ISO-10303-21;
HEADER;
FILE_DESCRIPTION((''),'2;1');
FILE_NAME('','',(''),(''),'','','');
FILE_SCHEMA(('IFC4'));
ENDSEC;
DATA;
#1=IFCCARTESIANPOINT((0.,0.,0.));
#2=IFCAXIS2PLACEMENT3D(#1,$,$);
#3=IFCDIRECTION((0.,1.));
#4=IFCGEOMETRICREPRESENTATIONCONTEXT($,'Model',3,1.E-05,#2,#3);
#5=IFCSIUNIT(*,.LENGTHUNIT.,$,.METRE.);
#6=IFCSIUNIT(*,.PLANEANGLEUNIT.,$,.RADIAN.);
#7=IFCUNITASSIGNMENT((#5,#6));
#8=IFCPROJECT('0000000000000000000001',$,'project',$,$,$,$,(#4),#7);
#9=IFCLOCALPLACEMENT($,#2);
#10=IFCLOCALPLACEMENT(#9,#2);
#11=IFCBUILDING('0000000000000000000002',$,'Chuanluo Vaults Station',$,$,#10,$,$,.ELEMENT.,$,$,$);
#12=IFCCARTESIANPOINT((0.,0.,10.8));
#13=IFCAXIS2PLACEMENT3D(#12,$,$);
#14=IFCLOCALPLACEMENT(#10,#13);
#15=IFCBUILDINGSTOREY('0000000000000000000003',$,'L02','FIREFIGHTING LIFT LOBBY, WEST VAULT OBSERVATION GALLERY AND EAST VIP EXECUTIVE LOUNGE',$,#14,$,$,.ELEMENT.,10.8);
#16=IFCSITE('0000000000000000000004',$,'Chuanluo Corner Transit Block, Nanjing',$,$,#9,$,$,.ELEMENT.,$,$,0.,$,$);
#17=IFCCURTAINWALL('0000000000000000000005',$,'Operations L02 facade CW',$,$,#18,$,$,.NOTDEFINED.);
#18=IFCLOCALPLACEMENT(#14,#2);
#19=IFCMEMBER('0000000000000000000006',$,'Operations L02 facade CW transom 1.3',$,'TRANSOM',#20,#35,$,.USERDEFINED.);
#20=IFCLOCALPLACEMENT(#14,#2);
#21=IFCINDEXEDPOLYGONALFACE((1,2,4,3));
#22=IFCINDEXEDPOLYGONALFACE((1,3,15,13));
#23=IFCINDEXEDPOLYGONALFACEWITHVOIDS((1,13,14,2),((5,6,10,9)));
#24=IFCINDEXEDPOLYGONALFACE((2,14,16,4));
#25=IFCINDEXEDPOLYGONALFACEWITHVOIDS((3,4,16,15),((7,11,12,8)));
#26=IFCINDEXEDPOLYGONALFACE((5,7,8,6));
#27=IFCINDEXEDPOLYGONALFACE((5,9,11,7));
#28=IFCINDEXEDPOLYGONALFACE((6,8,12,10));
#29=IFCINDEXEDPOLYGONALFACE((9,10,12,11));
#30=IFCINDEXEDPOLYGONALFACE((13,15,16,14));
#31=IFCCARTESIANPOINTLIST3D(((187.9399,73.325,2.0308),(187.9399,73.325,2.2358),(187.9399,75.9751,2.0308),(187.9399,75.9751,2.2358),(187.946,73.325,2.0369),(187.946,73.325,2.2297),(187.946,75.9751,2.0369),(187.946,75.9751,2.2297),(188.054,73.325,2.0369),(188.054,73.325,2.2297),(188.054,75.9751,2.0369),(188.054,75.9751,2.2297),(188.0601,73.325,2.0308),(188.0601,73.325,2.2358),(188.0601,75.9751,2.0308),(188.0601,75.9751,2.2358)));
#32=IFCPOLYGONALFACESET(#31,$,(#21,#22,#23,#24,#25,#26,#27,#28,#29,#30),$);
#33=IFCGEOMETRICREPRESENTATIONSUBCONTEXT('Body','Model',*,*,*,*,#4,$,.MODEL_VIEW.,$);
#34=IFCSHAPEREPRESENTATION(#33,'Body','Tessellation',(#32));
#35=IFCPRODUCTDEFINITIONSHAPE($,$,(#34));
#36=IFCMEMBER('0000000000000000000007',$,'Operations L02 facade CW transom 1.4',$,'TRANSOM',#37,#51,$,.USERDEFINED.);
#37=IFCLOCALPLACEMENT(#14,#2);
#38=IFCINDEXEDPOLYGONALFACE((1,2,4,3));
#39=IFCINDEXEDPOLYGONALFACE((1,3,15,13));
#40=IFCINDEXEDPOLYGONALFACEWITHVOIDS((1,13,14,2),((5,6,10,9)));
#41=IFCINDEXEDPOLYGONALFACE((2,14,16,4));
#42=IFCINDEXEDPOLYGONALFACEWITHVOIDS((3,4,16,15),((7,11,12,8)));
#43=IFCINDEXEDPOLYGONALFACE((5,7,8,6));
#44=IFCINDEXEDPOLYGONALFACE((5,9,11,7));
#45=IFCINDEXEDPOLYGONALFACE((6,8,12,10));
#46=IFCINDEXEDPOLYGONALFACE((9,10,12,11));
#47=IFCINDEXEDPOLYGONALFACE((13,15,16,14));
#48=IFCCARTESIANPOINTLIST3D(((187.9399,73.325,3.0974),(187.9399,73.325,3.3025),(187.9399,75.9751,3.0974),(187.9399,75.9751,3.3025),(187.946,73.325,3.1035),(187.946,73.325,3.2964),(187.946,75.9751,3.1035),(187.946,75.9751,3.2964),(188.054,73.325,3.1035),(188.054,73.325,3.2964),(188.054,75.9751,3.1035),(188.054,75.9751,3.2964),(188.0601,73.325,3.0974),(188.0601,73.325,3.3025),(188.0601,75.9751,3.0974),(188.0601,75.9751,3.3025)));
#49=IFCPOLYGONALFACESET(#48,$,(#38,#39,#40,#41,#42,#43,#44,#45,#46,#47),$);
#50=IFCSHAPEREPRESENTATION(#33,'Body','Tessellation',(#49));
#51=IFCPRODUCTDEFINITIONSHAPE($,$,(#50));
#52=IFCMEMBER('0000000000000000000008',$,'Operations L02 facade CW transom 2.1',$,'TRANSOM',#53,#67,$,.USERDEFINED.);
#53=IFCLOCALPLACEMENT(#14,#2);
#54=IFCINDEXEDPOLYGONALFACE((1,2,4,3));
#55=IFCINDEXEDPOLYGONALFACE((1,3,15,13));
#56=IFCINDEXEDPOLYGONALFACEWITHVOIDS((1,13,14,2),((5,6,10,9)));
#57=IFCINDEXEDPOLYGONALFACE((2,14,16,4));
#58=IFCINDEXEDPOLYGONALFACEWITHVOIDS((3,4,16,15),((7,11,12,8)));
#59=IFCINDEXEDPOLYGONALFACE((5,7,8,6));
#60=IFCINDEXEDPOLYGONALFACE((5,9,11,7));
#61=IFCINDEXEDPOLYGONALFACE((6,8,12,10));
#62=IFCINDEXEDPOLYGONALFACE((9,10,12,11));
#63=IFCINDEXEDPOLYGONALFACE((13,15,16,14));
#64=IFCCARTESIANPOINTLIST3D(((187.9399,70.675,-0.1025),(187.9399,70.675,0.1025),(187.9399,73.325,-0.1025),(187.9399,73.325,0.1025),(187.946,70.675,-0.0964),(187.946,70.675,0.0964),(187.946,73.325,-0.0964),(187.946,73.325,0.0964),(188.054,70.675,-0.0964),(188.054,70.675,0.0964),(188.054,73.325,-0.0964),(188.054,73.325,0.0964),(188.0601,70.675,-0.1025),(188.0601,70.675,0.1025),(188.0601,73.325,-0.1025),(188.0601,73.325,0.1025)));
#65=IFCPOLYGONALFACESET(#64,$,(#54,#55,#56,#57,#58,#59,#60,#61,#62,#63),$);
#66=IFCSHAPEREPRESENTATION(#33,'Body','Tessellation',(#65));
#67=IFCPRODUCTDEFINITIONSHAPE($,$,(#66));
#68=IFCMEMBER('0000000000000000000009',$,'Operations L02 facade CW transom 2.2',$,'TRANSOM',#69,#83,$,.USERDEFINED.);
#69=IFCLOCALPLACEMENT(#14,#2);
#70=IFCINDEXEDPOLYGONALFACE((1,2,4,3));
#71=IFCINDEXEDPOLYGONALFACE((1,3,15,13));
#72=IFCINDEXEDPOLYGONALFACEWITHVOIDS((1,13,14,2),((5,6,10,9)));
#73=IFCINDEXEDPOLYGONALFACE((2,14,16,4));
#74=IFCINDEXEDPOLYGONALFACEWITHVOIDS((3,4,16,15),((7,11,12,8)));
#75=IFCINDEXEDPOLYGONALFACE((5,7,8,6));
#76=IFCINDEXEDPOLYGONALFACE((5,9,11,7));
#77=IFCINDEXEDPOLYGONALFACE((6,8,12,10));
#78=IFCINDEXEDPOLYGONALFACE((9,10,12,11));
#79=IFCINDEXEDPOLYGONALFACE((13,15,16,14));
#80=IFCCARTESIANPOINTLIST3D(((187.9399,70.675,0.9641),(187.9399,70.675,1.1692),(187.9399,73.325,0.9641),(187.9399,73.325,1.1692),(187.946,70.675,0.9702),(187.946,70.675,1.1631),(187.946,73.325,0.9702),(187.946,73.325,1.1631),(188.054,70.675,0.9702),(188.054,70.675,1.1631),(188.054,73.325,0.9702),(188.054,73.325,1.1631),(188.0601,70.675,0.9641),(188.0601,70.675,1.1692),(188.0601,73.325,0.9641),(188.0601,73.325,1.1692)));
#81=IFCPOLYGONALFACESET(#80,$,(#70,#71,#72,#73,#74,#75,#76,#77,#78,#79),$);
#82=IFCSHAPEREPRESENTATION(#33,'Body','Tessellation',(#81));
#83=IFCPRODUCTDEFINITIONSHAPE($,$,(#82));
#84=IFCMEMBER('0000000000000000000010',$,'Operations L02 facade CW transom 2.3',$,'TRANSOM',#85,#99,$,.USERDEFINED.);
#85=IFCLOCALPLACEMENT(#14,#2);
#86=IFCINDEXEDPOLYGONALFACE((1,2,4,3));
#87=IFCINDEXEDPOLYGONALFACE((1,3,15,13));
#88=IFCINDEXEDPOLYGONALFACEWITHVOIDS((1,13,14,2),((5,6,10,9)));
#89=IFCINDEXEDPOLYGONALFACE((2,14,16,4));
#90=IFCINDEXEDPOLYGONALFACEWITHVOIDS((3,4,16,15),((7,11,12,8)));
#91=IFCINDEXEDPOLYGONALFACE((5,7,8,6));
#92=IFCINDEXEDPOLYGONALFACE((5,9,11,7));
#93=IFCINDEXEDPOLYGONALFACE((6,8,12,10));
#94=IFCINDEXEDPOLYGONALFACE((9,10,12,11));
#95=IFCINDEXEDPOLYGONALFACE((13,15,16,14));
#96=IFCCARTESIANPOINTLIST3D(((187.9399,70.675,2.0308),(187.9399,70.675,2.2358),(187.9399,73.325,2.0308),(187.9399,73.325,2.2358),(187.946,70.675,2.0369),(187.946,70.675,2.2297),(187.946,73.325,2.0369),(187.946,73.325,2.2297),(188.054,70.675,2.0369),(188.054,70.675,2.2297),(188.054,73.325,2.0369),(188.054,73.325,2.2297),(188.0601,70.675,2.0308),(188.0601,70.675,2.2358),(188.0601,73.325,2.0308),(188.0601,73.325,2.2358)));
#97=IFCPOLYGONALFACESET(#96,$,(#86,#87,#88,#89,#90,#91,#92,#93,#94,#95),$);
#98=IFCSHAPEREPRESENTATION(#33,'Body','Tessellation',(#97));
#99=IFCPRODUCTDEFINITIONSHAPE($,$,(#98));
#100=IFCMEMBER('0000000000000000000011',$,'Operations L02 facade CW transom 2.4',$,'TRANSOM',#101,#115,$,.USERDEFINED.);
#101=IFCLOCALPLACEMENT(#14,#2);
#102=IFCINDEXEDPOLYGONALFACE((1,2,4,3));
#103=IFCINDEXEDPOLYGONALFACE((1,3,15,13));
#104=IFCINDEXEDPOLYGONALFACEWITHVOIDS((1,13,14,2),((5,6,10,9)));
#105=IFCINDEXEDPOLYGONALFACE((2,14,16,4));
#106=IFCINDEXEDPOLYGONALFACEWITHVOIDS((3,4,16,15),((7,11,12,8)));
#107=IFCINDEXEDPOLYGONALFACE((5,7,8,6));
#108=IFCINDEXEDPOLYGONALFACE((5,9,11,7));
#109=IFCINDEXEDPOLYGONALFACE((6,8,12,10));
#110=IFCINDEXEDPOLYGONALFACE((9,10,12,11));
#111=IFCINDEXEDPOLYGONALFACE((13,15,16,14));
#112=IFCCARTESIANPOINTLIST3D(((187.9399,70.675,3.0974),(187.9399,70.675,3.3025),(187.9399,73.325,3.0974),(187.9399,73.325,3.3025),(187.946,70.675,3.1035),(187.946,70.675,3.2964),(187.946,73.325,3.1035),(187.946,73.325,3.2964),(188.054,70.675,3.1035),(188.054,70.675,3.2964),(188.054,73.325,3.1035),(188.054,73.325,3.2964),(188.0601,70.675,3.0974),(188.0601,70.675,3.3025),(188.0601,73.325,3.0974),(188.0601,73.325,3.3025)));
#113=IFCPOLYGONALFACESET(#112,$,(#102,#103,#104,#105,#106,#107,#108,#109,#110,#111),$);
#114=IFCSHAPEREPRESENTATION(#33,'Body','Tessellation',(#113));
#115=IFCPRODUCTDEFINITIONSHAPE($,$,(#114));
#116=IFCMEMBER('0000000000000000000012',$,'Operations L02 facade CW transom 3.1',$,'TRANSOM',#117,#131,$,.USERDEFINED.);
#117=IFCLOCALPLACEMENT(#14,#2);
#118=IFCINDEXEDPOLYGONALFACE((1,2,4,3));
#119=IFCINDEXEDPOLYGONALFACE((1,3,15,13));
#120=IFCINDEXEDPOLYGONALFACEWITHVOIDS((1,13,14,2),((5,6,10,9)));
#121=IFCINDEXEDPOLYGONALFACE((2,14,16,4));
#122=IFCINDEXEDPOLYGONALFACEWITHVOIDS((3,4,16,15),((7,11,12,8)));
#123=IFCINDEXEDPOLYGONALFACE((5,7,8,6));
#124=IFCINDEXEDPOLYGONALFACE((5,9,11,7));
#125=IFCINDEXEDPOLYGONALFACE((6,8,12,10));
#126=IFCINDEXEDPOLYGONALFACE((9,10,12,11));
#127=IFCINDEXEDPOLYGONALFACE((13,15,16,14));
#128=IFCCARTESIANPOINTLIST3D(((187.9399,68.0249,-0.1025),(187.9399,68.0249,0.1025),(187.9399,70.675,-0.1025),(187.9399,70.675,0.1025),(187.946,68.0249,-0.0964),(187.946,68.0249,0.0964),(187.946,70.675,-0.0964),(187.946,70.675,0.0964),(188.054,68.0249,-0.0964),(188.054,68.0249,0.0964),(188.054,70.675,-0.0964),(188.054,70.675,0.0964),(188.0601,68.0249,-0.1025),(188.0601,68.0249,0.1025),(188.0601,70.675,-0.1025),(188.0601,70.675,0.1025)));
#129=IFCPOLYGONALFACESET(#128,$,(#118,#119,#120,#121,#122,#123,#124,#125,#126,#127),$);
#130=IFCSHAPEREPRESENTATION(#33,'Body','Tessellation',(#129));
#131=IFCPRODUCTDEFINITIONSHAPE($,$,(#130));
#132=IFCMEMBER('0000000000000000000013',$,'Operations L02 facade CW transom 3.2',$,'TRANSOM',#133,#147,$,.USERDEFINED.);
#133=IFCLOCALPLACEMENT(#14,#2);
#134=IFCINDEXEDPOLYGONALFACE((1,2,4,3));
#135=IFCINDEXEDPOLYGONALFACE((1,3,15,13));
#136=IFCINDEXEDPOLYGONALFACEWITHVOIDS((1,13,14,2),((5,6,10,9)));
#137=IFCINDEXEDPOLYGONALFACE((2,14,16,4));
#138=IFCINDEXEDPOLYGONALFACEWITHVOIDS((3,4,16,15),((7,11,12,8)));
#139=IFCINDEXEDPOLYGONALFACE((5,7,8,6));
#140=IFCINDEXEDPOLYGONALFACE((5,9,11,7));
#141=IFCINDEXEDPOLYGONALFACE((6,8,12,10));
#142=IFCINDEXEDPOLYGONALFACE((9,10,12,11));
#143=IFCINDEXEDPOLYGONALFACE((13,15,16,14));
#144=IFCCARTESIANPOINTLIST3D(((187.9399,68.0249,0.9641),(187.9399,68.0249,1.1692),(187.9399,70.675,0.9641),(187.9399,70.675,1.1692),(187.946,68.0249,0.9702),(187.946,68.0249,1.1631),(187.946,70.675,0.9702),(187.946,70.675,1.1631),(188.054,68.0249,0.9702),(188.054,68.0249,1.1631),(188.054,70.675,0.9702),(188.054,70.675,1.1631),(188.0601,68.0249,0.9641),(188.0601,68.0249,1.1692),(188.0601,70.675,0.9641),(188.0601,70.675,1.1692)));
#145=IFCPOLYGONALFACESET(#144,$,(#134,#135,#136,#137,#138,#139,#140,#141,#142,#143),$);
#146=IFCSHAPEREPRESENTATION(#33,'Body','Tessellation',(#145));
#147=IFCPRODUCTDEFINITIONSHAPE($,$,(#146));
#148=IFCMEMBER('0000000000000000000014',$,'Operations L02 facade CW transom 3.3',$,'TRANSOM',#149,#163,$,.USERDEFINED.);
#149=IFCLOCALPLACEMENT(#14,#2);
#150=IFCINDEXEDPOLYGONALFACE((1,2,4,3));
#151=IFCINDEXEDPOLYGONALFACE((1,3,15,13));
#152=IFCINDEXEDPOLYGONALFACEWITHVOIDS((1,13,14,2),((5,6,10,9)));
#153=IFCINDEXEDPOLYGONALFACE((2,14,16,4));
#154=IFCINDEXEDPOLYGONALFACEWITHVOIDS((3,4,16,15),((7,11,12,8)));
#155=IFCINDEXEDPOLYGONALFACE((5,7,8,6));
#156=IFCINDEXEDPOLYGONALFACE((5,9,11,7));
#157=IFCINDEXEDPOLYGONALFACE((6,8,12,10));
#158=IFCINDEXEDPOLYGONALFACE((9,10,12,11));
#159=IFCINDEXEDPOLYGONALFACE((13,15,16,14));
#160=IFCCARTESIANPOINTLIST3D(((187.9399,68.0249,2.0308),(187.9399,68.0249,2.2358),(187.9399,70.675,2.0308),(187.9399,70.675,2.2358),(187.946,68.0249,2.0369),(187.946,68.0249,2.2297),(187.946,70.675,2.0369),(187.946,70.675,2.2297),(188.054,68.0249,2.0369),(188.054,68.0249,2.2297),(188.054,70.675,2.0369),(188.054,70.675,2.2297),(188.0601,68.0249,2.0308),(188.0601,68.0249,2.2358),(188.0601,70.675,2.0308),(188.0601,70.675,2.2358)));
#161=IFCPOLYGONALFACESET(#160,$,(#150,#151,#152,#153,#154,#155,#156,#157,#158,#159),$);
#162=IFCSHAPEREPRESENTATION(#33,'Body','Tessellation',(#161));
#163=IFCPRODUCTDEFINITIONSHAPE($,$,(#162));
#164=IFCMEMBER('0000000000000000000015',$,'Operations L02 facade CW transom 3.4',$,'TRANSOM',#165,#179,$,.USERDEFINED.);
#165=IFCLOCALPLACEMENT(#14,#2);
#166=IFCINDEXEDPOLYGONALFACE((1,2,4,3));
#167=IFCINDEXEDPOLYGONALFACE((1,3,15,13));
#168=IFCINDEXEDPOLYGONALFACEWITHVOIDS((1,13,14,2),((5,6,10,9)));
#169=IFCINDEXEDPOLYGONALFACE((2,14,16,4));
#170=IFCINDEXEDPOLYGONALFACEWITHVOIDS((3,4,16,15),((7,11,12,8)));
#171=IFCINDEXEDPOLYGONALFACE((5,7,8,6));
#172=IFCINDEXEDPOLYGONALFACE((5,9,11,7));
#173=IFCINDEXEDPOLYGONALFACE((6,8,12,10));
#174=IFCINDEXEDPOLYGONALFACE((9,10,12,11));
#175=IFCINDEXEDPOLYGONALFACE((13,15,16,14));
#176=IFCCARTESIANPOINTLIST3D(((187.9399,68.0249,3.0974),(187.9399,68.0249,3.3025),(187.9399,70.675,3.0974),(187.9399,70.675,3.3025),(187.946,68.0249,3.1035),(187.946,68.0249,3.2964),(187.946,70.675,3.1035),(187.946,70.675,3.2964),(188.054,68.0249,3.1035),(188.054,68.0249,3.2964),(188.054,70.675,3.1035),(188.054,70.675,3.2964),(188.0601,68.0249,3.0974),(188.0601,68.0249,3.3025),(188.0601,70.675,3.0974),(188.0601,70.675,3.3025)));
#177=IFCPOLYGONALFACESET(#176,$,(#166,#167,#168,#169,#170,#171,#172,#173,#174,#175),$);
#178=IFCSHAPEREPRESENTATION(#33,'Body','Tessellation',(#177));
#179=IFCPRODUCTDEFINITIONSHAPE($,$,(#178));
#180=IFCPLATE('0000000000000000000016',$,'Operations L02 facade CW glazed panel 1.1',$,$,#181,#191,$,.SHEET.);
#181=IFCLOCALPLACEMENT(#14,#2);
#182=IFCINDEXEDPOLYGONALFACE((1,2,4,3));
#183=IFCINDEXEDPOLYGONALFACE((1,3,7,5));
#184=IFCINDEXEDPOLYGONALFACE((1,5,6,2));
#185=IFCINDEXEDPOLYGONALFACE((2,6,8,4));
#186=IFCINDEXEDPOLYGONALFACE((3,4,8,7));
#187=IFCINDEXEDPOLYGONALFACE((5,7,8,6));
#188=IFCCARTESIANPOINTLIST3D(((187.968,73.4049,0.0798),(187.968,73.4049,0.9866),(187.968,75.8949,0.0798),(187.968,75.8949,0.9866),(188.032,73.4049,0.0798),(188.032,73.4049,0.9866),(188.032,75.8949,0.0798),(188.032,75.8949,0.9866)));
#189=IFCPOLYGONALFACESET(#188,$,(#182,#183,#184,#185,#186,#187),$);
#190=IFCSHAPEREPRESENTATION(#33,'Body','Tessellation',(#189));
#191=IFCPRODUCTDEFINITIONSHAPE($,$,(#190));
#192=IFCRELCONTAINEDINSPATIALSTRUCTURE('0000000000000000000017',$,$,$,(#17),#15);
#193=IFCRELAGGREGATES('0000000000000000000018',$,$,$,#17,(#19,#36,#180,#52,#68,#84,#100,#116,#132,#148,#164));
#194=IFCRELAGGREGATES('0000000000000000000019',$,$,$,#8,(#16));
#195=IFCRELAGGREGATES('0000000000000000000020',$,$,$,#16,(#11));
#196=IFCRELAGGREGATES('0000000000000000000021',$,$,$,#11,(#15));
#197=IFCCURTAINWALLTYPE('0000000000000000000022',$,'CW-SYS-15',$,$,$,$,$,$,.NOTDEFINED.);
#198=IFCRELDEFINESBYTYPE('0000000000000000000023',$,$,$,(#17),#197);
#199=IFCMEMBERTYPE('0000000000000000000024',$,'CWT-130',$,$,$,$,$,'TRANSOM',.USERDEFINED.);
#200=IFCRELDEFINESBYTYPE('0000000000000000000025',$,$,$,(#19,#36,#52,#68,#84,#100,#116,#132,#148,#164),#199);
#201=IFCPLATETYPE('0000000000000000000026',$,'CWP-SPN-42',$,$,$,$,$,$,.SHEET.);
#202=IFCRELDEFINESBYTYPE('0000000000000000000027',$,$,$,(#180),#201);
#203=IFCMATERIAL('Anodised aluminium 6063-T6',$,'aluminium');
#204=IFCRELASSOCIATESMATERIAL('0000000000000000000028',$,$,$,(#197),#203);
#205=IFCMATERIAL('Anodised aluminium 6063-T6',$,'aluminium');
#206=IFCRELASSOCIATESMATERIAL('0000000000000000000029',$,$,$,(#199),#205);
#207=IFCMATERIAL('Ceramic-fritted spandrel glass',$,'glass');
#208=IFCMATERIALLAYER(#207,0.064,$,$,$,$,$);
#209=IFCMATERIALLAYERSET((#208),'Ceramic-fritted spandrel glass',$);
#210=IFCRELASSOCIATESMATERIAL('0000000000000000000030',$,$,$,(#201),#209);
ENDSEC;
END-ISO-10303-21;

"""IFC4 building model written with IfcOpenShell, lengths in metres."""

from ifc_helpers import new_model, si_unit, direction, frame, origin, origin_2d, place, context, subcontext, project, spatial, rectangle, hollow_rectangle, extrude, material, layer, layer_set, material_profile, profile_set, type_object, element, aggregate, save


model = new_model("IFC4")

# Units and contexts
model_context = context("Model", 3, precision=1e-05, world=origin(), true_north=direction((0.0, 1.0)))
body_context = subcontext(model_context, "Body", "Model", "MODEL_VIEW")
ifc_project = project(units=[si_unit("LENGTHUNIT", "METRE"), si_unit("PLANEANGLEUNIT", "RADIAN")], contexts=[model_context])

# Site, building, storey
site_placement = place(None, origin())
site = spatial("IfcSite", under=ifc_project, at=site_placement, Name="Chuanluo Corner Transit Block, Nanjing", CompositionType="ELEMENT", RefElevation=0.0)
building_placement = place(site_placement, origin())
building = spatial("IfcBuilding", under=site, at=building_placement, Name="Chuanluo Vaults Station", CompositionType="ELEMENT")
storey_placement = place(building_placement, frame((0.0, 0.0, 10.8)))
storey = spatial("IfcBuildingStorey", under=building, at=storey_placement, Name="L02", Description="FIREFIGHTING LIFT LOBBY, WEST VAULT OBSERVATION GALLERY AND EAST VIP EXECUTIVE LOUNGE", CompositionType="ELEMENT", Elevation=10.8)

# Curtain wall, members, plate
ifc_material_1 = material(Name="Anodised aluminium 6063-T6", Category="aluminium")
curtain_wall_type = type_object("IfcCurtainWallType", Name="CW-SYS-15", PredefinedType="NOTDEFINED", material=ifc_material_1)
curtain_wall_placement = place(storey_placement, origin())
curtain_wall = element("IfcCurtainWall", 1, at=curtain_wall_placement, inside=storey, type_object=curtain_wall_type, Name="Operations L02 facade CW", PredefinedType="NOTDEFINED")
ifc_material_2 = material(Name="Anodised aluminium 6063-T6", Category="aluminium")
ifc_material_profile_1 = material_profile(ifc_material_2, hollow_rectangle(XDim=0.1201, YDim=0.2051, WallThickness=0.0061, at=origin_2d()))
ifc_profile_set_1 = profile_set([ifc_material_profile_1], Name="Anodised aluminium 6063-T6")
member_type_1 = type_object("IfcMemberType", Name="CWT-130", ElementType="TRANSOM", PredefinedType="USERDEFINED", material=ifc_profile_set_1)
member_1_placement = place(storey_placement, frame((188.0, 75.9751, 2.1333), z_axis=(0.0, -1.0, 0.0), x_axis=(1.0, 0.0, 0.0)))
member_1 = element("IfcMember", 2, at=member_1_placement, type_object=member_type_1, Name="Operations L02 facade CW transom 1.3", ObjectType="TRANSOM", PredefinedType="USERDEFINED", context=body_context, shape_type="SweptSolid", body=[
    extrude(hollow_rectangle(XDim=0.1201, YDim=0.2051, WallThickness=0.0061, at=origin_2d()), origin(), (0.0, 0.0, 1.0), 2.6501),
])
member_2_placement = place(storey_placement, frame((188.0, 75.9751, 3.2), z_axis=(0.0, -1.0, 0.0), x_axis=(1.0, 0.0, 0.0)))
member_2 = element("IfcMember", 3, at=member_2_placement, type_object=member_type_1, Name="Operations L02 facade CW transom 1.4", ObjectType="TRANSOM", PredefinedType="USERDEFINED", context=body_context, shape_type="SweptSolid", body=[
    extrude(hollow_rectangle(XDim=0.1201, YDim=0.2051, WallThickness=0.0061, at=origin_2d()), origin(), (0.0, 0.0, 1.0), 2.6501),
])
member_3_placement = place(storey_placement, frame((188.0, 73.325, 0.0), z_axis=(0.0, -1.0, 0.0), x_axis=(1.0, 0.0, 0.0)))
member_3 = element("IfcMember", 4, at=member_3_placement, type_object=member_type_1, Name="Operations L02 facade CW transom 2.1", ObjectType="TRANSOM", PredefinedType="USERDEFINED", context=body_context, shape_type="SweptSolid", body=[
    extrude(hollow_rectangle(XDim=0.1201, YDim=0.2051, WallThickness=0.0061, at=origin_2d()), origin(), (0.0, 0.0, 1.0), 2.6499),
])
member_4_placement = place(storey_placement, frame((188.0, 73.325, 1.0667), z_axis=(0.0, -1.0, 0.0), x_axis=(1.0, 0.0, 0.0)))
member_4 = element("IfcMember", 5, at=member_4_placement, type_object=member_type_1, Name="Operations L02 facade CW transom 2.2", ObjectType="TRANSOM", PredefinedType="USERDEFINED", context=body_context, shape_type="SweptSolid", body=[
    extrude(hollow_rectangle(XDim=0.1201, YDim=0.2051, WallThickness=0.0061, at=origin_2d()), origin(), (0.0, 0.0, 1.0), 2.6499),
])
member_5_placement = place(storey_placement, frame((188.0, 73.325, 2.1333), z_axis=(0.0, -1.0, 0.0), x_axis=(1.0, 0.0, 0.0)))
member_5 = element("IfcMember", 6, at=member_5_placement, type_object=member_type_1, Name="Operations L02 facade CW transom 2.3", ObjectType="TRANSOM", PredefinedType="USERDEFINED", context=body_context, shape_type="SweptSolid", body=[
    extrude(hollow_rectangle(XDim=0.1201, YDim=0.2051, WallThickness=0.0061, at=origin_2d()), origin(), (0.0, 0.0, 1.0), 2.6499),
])
member_6_placement = place(storey_placement, frame((188.0, 73.325, 3.2), z_axis=(0.0, -1.0, 0.0), x_axis=(1.0, 0.0, 0.0)))
member_6 = element("IfcMember", 7, at=member_6_placement, type_object=member_type_1, Name="Operations L02 facade CW transom 2.4", ObjectType="TRANSOM", PredefinedType="USERDEFINED", context=body_context, shape_type="SweptSolid", body=[
    extrude(hollow_rectangle(XDim=0.1201, YDim=0.2051, WallThickness=0.0061, at=origin_2d()), origin(), (0.0, 0.0, 1.0), 2.6499),
])
member_7_placement = place(storey_placement, frame((188.0, 70.675, 0.0), z_axis=(0.0, -1.0, 0.0), x_axis=(1.0, 0.0, 0.0)))
member_7 = element("IfcMember", 8, at=member_7_placement, type_object=member_type_1, Name="Operations L02 facade CW transom 3.1", ObjectType="TRANSOM", PredefinedType="USERDEFINED", context=body_context, shape_type="SweptSolid", body=[
    extrude(hollow_rectangle(XDim=0.1201, YDim=0.2051, WallThickness=0.0061, at=origin_2d()), origin(), (0.0, 0.0, 1.0), 2.6501),
])
member_8_placement = place(storey_placement, frame((188.0, 70.675, 1.0667), z_axis=(0.0, -1.0, 0.0), x_axis=(1.0, 0.0, 0.0)))
member_8 = element("IfcMember", 9, at=member_8_placement, type_object=member_type_1, Name="Operations L02 facade CW transom 3.2", ObjectType="TRANSOM", PredefinedType="USERDEFINED", context=body_context, shape_type="SweptSolid", body=[
    extrude(hollow_rectangle(XDim=0.1201, YDim=0.2051, WallThickness=0.0061, at=origin_2d()), origin(), (0.0, 0.0, 1.0), 2.6501),
])
member_9_placement = place(storey_placement, frame((188.0, 70.675, 2.1333), z_axis=(0.0, -1.0, 0.0), x_axis=(1.0, 0.0, 0.0)))
member_9 = element("IfcMember", 10, at=member_9_placement, type_object=member_type_1, Name="Operations L02 facade CW transom 3.3", ObjectType="TRANSOM", PredefinedType="USERDEFINED", context=body_context, shape_type="SweptSolid", body=[
    extrude(hollow_rectangle(XDim=0.1201, YDim=0.2051, WallThickness=0.0061, at=origin_2d()), origin(), (0.0, 0.0, 1.0), 2.6501),
])
member_10_placement = place(storey_placement, frame((188.0, 70.675, 3.2), z_axis=(0.0, -1.0, 0.0), x_axis=(1.0, 0.0, 0.0)))
member_10 = element("IfcMember", 11, at=member_10_placement, type_object=member_type_1, Name="Operations L02 facade CW transom 3.4", ObjectType="TRANSOM", PredefinedType="USERDEFINED", context=body_context, shape_type="SweptSolid", body=[
    extrude(hollow_rectangle(XDim=0.1201, YDim=0.2051, WallThickness=0.0061, at=origin_2d()), origin(), (0.0, 0.0, 1.0), 2.6501),
])
ifc_material_3 = material(Name="Ceramic-fritted spandrel glass", Category="glass")
ifc_layer_1 = layer(ifc_material_3, 0.064)
ifc_layer_set_1 = layer_set([ifc_layer_1], Name="Ceramic-fritted spandrel glass")
plate_type_1 = type_object("IfcPlateType", Name="CWP-SPN-42", PredefinedType="SHEET", material=ifc_layer_set_1)
plate_1_placement = place(storey_placement, frame((188.0, 74.6499, 0.0798), z_axis=(0.0, 0.0, 1.0), x_axis=(0.0, -1.0, 0.0)))
plate_1 = element("IfcPlate", 12, at=plate_1_placement, type_object=plate_type_1, Name="Operations L02 facade CW glazed panel 1.1", PredefinedType="SHEET", context=body_context, shape_type="SweptSolid", body=[
    extrude(rectangle(XDim=2.49, YDim=0.064, at=origin_2d()), origin(), (0.0, 0.0, 1.0), 0.9067),
])
aggregate(curtain_wall, [member_1, member_2, plate_1, member_3, member_4, member_5, member_6, member_7, member_8, member_9, member_10])

save(model, "model.ifc")
